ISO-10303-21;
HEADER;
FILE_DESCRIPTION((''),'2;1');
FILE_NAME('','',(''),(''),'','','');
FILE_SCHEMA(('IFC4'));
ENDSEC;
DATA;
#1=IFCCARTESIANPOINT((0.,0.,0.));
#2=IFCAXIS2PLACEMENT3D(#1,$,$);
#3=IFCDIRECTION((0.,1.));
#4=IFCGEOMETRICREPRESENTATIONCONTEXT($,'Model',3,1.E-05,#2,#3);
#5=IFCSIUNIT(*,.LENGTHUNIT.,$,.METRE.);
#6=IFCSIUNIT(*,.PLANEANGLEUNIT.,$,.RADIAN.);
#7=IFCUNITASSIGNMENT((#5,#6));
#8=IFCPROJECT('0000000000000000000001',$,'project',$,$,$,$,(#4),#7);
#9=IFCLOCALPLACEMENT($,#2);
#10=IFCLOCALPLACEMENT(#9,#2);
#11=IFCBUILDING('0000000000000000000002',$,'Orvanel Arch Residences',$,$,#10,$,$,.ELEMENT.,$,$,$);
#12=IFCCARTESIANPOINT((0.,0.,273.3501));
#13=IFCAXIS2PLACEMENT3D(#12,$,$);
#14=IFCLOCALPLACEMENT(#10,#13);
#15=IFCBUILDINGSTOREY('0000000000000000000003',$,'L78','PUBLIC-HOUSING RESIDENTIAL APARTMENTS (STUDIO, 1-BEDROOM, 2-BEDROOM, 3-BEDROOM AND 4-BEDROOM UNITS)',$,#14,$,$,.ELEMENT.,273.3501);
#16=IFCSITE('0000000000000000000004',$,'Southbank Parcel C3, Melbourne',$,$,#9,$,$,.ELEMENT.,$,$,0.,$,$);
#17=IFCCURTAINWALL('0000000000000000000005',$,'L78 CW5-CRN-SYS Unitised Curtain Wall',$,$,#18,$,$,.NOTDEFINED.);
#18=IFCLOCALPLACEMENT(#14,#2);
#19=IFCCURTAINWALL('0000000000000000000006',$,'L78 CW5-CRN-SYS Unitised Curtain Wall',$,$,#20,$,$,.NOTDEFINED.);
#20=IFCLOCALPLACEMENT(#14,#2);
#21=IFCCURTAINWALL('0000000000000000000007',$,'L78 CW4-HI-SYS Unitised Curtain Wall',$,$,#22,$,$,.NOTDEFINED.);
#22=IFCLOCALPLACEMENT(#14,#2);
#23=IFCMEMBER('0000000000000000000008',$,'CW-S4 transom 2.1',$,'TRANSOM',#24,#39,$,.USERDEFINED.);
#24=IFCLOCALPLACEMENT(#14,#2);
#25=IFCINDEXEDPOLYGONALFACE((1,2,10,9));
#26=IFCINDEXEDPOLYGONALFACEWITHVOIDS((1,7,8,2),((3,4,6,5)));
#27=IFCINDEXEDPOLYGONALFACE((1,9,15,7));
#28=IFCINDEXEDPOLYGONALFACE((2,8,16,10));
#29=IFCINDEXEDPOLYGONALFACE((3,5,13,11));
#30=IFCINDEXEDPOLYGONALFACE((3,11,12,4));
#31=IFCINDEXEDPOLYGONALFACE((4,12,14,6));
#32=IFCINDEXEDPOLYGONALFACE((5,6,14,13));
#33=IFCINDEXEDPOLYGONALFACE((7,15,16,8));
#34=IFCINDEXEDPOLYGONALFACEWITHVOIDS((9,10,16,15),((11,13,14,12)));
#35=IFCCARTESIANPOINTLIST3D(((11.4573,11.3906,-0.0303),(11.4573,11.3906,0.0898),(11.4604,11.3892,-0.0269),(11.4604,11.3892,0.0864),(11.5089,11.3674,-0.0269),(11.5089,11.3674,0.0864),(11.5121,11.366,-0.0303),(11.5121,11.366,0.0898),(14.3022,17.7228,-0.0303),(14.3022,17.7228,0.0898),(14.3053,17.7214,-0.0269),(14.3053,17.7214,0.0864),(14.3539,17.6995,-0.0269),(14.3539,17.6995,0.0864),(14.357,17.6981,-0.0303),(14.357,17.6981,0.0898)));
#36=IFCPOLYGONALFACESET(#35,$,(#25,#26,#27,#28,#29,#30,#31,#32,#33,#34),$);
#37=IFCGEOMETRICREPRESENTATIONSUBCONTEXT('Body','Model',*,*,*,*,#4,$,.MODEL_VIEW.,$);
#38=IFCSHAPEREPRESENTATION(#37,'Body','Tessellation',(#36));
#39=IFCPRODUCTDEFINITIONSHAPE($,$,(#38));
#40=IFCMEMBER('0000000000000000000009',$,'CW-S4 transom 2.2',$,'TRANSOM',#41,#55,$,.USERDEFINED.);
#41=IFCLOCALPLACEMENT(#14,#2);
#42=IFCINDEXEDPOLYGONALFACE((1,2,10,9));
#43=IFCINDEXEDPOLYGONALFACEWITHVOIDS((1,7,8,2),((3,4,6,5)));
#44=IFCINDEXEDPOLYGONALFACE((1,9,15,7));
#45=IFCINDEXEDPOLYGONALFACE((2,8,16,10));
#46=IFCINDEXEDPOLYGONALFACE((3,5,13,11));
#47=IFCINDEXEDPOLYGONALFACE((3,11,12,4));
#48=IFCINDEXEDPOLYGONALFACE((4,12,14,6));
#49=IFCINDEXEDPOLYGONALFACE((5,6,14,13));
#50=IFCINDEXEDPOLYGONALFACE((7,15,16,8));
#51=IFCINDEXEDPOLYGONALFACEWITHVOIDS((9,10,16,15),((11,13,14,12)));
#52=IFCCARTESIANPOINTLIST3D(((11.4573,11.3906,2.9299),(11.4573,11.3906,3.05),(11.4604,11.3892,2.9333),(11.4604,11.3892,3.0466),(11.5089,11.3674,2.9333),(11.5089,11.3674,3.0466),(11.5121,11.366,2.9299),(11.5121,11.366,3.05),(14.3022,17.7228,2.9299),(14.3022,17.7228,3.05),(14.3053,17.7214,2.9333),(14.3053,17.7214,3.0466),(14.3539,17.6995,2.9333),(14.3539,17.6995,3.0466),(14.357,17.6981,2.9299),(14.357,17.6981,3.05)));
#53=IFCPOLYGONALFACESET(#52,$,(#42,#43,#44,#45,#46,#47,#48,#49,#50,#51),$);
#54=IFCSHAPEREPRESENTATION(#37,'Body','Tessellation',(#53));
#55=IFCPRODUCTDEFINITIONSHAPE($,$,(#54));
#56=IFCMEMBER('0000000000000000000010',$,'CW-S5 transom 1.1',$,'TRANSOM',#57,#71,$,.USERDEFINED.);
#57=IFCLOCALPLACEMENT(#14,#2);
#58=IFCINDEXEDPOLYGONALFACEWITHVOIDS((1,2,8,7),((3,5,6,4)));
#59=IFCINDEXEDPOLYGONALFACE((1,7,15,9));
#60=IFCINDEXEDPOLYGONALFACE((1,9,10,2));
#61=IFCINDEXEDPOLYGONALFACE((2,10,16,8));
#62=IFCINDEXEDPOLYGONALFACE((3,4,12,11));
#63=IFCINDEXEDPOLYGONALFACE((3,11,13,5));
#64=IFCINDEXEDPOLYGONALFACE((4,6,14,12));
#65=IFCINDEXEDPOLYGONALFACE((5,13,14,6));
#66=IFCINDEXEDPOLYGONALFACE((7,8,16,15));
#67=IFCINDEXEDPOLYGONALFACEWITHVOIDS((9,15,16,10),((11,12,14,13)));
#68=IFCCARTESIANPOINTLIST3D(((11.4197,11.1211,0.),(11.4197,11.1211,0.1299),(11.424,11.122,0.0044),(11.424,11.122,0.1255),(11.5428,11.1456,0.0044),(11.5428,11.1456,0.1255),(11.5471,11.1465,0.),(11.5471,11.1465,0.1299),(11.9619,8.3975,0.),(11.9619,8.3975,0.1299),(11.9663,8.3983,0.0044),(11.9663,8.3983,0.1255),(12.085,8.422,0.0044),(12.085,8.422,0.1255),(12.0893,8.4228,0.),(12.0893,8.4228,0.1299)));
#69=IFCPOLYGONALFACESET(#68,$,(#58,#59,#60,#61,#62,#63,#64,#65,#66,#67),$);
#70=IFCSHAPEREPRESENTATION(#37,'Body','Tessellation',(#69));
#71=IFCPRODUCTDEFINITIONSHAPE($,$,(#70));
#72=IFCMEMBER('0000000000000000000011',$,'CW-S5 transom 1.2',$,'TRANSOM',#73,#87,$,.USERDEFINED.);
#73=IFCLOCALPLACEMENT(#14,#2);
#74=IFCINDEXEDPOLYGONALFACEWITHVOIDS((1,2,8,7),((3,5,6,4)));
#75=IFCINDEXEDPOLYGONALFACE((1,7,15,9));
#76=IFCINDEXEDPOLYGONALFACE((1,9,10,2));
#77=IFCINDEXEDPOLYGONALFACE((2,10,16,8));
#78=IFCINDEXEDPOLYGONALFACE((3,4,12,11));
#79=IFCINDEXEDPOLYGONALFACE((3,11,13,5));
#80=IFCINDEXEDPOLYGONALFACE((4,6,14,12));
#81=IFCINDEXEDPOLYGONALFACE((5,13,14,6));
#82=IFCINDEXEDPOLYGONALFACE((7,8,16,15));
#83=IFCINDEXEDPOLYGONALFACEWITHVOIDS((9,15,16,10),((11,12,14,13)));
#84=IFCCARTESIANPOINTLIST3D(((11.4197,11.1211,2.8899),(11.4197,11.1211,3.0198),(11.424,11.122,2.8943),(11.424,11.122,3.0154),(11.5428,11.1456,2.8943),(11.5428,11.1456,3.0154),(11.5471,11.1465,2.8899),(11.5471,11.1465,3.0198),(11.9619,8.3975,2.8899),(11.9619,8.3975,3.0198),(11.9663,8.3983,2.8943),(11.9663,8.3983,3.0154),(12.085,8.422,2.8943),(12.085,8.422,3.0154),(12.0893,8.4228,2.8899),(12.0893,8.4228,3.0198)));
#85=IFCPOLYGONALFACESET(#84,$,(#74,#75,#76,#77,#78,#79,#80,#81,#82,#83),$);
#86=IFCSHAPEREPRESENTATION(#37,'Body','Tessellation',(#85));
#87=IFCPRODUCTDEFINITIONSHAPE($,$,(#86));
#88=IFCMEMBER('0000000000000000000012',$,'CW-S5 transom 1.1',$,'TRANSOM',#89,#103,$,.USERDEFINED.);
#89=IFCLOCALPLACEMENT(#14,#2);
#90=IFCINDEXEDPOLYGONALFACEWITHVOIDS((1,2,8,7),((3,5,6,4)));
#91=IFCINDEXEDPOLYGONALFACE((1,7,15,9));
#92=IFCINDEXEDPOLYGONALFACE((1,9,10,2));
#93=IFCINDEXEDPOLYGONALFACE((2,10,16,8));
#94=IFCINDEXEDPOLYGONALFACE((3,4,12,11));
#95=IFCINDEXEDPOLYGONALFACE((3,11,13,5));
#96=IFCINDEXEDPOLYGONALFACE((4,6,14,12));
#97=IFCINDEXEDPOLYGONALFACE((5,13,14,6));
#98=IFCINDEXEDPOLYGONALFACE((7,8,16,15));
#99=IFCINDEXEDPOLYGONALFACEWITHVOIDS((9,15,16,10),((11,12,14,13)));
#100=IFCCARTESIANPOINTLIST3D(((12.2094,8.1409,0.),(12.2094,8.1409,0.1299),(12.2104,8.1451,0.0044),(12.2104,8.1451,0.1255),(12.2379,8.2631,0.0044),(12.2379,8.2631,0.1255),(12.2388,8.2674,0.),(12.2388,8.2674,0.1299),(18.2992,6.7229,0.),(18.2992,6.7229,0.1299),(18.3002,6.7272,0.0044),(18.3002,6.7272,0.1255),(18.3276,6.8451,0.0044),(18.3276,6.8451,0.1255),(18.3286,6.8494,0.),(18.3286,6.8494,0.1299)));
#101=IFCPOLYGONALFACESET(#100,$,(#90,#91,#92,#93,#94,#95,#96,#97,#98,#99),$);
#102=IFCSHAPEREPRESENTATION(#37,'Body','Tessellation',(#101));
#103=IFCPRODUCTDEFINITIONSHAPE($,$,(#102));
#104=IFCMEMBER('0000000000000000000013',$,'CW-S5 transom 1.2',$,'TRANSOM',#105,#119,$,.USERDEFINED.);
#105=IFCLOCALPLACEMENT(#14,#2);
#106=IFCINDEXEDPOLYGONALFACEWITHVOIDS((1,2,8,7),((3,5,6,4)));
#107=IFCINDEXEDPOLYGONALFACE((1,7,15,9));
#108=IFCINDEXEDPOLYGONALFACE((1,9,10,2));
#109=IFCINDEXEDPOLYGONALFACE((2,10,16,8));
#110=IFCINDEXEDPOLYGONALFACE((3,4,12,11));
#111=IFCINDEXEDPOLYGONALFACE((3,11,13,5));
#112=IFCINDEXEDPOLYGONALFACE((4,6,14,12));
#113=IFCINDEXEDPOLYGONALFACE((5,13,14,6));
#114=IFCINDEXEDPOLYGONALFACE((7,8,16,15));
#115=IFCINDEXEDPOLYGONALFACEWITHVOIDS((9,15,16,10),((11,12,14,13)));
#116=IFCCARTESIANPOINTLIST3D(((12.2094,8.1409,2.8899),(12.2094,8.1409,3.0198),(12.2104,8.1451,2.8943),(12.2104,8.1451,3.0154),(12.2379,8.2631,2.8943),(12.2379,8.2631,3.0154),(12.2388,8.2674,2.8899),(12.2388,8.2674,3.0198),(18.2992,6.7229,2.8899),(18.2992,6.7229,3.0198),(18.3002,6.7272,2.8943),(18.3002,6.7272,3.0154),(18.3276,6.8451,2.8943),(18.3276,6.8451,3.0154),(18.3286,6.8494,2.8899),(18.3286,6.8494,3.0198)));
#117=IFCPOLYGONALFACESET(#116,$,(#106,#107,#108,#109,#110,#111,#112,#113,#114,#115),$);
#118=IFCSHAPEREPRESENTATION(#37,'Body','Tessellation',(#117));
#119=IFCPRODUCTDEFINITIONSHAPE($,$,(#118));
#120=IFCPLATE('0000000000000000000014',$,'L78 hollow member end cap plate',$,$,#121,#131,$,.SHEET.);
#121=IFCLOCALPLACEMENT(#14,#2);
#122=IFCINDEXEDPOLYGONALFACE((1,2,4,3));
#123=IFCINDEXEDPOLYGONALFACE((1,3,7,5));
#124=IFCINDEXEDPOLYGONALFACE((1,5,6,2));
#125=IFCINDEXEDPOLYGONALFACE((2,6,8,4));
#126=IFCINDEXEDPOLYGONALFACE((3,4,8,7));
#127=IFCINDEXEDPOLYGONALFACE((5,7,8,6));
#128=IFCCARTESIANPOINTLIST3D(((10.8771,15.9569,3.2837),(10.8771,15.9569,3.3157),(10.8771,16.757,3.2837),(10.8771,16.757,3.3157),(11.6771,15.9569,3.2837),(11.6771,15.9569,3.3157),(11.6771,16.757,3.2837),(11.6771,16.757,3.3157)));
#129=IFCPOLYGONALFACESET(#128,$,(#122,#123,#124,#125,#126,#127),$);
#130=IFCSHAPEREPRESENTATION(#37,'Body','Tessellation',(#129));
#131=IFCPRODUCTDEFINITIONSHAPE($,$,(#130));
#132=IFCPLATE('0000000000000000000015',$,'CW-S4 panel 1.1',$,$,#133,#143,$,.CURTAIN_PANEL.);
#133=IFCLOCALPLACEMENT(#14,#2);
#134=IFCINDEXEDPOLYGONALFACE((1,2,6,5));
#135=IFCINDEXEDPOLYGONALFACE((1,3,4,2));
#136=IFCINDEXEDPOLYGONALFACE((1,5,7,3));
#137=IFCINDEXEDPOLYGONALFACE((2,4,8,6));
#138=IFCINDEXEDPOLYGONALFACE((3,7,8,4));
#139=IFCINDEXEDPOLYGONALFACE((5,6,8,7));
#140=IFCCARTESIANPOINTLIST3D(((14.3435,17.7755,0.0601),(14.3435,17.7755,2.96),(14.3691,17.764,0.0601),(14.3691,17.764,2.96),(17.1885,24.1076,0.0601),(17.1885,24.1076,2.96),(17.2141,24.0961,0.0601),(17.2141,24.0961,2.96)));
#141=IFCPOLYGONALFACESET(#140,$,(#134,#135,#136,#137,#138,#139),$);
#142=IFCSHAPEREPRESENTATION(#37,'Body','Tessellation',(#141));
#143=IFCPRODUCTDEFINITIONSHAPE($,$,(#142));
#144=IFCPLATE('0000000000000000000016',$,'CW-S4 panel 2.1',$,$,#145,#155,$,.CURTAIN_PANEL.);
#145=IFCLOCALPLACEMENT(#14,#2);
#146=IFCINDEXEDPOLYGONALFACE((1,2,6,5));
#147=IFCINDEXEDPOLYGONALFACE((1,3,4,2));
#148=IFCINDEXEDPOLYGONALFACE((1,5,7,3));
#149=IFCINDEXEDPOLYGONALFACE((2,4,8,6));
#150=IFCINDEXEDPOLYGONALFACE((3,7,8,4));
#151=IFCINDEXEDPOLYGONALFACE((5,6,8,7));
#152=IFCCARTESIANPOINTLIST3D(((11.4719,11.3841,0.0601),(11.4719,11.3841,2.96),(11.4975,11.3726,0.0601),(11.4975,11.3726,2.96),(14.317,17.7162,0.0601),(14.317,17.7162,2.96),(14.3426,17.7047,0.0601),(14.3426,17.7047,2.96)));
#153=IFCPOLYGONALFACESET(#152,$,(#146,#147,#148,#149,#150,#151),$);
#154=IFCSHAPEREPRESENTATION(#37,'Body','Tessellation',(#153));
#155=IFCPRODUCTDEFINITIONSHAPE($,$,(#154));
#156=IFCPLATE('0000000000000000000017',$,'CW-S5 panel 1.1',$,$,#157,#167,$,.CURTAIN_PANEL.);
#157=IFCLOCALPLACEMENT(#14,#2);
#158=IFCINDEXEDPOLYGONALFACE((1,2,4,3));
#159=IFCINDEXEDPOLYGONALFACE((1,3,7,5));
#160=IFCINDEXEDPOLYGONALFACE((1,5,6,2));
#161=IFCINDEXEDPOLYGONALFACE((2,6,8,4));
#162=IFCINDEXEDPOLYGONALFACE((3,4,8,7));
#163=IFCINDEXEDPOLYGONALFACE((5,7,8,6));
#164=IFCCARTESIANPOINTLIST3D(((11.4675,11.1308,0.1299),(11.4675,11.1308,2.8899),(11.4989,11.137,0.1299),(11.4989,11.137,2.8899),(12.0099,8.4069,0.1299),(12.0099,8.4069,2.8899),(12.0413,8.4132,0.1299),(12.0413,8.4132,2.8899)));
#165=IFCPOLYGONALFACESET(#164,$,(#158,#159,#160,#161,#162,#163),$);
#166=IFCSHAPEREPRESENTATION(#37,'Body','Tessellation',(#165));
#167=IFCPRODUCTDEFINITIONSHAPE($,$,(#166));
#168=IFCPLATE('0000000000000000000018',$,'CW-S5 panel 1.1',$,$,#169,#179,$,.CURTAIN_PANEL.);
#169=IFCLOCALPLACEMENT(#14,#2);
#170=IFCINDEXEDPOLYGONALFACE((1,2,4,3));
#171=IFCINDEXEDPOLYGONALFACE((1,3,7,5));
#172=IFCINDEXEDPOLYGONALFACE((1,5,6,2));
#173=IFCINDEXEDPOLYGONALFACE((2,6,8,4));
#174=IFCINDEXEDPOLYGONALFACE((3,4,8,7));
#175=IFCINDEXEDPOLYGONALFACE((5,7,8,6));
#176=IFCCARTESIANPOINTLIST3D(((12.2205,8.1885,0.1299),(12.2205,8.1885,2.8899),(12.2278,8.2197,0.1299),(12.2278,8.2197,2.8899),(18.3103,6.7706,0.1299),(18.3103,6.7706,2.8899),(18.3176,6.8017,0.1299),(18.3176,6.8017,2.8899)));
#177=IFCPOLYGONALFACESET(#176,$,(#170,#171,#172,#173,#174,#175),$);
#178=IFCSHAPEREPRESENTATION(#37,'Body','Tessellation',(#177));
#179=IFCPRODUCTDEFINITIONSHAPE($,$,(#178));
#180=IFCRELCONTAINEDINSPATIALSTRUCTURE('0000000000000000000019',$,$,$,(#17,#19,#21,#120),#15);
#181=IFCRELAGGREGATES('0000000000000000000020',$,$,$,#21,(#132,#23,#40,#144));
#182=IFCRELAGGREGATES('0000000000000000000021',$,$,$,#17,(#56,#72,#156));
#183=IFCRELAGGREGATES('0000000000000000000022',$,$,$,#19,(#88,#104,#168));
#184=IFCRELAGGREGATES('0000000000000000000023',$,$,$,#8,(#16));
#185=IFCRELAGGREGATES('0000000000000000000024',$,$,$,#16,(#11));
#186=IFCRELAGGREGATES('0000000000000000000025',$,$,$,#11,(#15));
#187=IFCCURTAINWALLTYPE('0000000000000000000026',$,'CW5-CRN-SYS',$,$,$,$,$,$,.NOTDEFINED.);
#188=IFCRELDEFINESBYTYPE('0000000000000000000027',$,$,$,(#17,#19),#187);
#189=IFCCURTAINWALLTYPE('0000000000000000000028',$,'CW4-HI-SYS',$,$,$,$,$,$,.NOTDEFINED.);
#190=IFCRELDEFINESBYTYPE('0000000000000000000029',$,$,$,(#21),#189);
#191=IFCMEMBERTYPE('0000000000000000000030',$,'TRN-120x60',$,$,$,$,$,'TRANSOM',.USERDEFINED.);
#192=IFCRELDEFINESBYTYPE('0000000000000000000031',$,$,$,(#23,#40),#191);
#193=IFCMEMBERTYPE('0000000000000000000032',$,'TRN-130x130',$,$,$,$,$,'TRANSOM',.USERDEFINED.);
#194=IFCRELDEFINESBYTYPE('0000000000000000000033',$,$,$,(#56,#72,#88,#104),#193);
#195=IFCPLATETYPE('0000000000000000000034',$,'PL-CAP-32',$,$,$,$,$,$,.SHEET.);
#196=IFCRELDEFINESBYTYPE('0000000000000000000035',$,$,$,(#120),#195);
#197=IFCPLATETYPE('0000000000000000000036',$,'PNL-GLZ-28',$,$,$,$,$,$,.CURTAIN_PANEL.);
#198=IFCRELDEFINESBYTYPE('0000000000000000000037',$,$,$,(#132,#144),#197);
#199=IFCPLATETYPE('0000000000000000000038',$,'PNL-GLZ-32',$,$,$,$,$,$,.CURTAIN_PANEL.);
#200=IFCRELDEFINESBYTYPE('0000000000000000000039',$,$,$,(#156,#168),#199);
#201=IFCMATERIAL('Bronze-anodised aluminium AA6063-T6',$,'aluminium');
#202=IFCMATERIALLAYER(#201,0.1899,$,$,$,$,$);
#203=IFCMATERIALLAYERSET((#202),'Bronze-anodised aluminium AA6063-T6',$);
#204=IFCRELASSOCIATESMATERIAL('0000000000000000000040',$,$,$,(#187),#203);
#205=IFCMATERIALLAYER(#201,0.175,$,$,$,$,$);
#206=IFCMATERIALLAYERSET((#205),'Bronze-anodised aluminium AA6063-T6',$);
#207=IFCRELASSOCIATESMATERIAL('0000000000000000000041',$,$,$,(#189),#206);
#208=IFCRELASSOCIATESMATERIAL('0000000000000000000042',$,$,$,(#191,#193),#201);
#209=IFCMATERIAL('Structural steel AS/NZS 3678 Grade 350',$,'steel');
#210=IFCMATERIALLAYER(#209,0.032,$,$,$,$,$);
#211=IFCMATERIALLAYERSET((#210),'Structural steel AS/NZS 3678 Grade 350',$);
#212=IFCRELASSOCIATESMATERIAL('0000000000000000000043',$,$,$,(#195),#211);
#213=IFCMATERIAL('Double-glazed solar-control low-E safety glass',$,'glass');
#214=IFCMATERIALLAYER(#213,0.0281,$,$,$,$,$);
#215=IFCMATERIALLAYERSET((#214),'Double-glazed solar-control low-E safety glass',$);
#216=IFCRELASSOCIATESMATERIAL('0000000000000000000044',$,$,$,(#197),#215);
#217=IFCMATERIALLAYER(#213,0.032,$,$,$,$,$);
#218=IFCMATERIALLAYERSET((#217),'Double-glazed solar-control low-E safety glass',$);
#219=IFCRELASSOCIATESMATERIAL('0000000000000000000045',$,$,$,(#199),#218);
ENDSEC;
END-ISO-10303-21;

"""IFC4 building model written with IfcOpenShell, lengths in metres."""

from ifc_helpers import new_model, si_unit, direction, frame, origin, origin_2d, place, context, subcontext, project, spatial, rectangle, hollow_rectangle, extrude, material, layer, layer_set, material_profile, profile_set, type_object, element, aggregate, save


model = new_model("IFC4")

# Units and contexts
model_context = context("Model", 3, precision=1e-05, world=origin(), true_north=direction((0.0, 1.0)))
body_context = subcontext(model_context, "Body", "Model", "MODEL_VIEW")
ifc_project = project(units=[si_unit("LENGTHUNIT", "METRE"), si_unit("PLANEANGLEUNIT", "RADIAN")], contexts=[model_context])

# Site, building, storey
site_placement = place(None, origin())
site = spatial("IfcSite", under=ifc_project, at=site_placement, Name="Southbank Parcel C3, Melbourne", CompositionType="ELEMENT", RefElevation=0.0)
building_placement = place(site_placement, origin())
building = spatial("IfcBuilding", under=site, at=building_placement, Name="Orvanel Arch Residences", CompositionType="ELEMENT")
storey_placement = place(building_placement, frame((0.0, 0.0, 273.3501)))
storey = spatial("IfcBuildingStorey", under=building, at=storey_placement, Name="L78", Description="PUBLIC-HOUSING RESIDENTIAL APARTMENTS (STUDIO, 1-BEDROOM, 2-BEDROOM, 3-BEDROOM AND 4-BEDROOM UNITS)", CompositionType="ELEMENT", Elevation=273.3501)

# Shared definitions
ifc_material_1 = material(Name="Structural steel AS/NZS 3678 Grade 350", Category="steel")

# Curtain walls
ifc_material_2 = material(Name="Bronze-anodised aluminium AA6063-T6", Category="aluminium")
ifc_layer_1 = layer(ifc_material_2, 0.1899)
ifc_layer_set_1 = layer_set([ifc_layer_1], Name="Bronze-anodised aluminium AA6063-T6")
curtain_wall_type_1 = type_object("IfcCurtainWallType", Name="CW5-CRN-SYS", PredefinedType="NOTDEFINED", material=ifc_layer_set_1)
curtain_wall_1_placement = place(storey_placement, origin())
curtain_wall_1 = element("IfcCurtainWall", 1, at=curtain_wall_1_placement, inside=storey, type_object=curtain_wall_type_1, Name="L78 CW5-CRN-SYS Unitised Curtain Wall", PredefinedType="NOTDEFINED")
curtain_wall_2_placement = place(storey_placement, origin())
curtain_wall_2 = element("IfcCurtainWall", 2, at=curtain_wall_2_placement, inside=storey, type_object=curtain_wall_type_1, Name="L78 CW5-CRN-SYS Unitised Curtain Wall", PredefinedType="NOTDEFINED")
ifc_layer_2 = layer(ifc_material_2, 0.175)
ifc_layer_set_2 = layer_set([ifc_layer_2], Name="Bronze-anodised aluminium AA6063-T6")
curtain_wall_type_2 = type_object("IfcCurtainWallType", Name="CW4-HI-SYS", PredefinedType="NOTDEFINED", material=ifc_layer_set_2)
curtain_wall_3_placement = place(storey_placement, origin())
curtain_wall_3 = element("IfcCurtainWall", 3, at=curtain_wall_3_placement, inside=storey, type_object=curtain_wall_type_2, Name="L78 CW4-HI-SYS Unitised Curtain Wall", PredefinedType="NOTDEFINED")

# Members
ifc_material_profile_1 = material_profile(ifc_material_2, hollow_rectangle(XDim=0.0601, YDim=0.1201, WallThickness=0.0034, at=origin_2d()), Name="ALU120x60x3.5")
ifc_profile_set_1 = profile_set([ifc_material_profile_1], Name="Bronze-anodised aluminium AA6063-T6")
member_type_1 = type_object("IfcMemberType", Name="TRN-120x60", ElementType="TRANSOM", PredefinedType="USERDEFINED", material=ifc_profile_set_1)
member_1_placement = place(storey_placement, frame((14.3296, 17.7104, 0.0298), z_axis=(-0.409819, -0.912167, 0.0), x_axis=(0.912167, -0.409819, 0.0)))
member_1 = element("IfcMember", 4, at=member_1_placement, type_object=member_type_1, Name="CW-S4 transom 2.1", ObjectType="TRANSOM", PredefinedType="USERDEFINED", context=body_context, shape_type="SweptSolid", body=[
    extrude(hollow_rectangle(XDim=0.0601, YDim=0.1201, WallThickness=0.0034, at=origin_2d()), origin(), (0.0, 0.0, 1.0), 6.9419),
])
member_2_placement = place(storey_placement, frame((14.3296, 17.7104, 2.99), z_axis=(-0.409819, -0.912167, 0.0), x_axis=(0.912167, -0.409819, 0.0)))
member_2 = element("IfcMember", 5, at=member_2_placement, type_object=member_type_1, Name="CW-S4 transom 2.2", ObjectType="TRANSOM", PredefinedType="USERDEFINED", context=body_context, shape_type="SweptSolid", body=[
    extrude(hollow_rectangle(XDim=0.0601, YDim=0.1201, WallThickness=0.0034, at=origin_2d()), origin(), (0.0, 0.0, 1.0), 6.9419),
])
ifc_material_profile_2 = material_profile(ifc_material_2, hollow_rectangle(XDim=0.1299, YDim=0.1299, WallThickness=0.0044, at=origin_2d()), Name="ALU130x130x4.5")
ifc_profile_set_2 = profile_set([ifc_material_profile_2], Name="Bronze-anodised aluminium AA6063-T6")
member_type_2 = type_object("IfcMemberType", Name="TRN-130x130", ElementType="TRANSOM", PredefinedType="USERDEFINED", material=ifc_profile_set_2)
member_3_placement = place(storey_placement, frame((11.4834, 11.1338, 0.0649), z_axis=(0.195254, -0.980753, 0.0), x_axis=(0.980753, 0.195254, 0.0)))
member_3 = element("IfcMember", 6, at=member_3_placement, type_object=member_type_2, Name="CW-S5 transom 1.1", ObjectType="TRANSOM", PredefinedType="USERDEFINED", context=body_context, shape_type="SweptSolid", body=[
    extrude(hollow_rectangle(XDim=0.1299, YDim=0.1299, WallThickness=0.0044, at=origin_2d()), origin(), (0.0, 0.0, 1.0), 2.7771),
])
member_4_placement = place(storey_placement, frame((11.4834, 11.1338, 2.9548), z_axis=(0.195254, -0.980753, 0.0), x_axis=(0.980753, 0.195254, 0.0)))
member_4 = element("IfcMember", 7, at=member_4_placement, type_object=member_type_2, Name="CW-S5 transom 1.2", ObjectType="TRANSOM", PredefinedType="USERDEFINED", context=body_context, shape_type="SweptSolid", body=[
    extrude(hollow_rectangle(XDim=0.1299, YDim=0.1299, WallThickness=0.0044, at=origin_2d()), origin(), (0.0, 0.0, 1.0), 2.7771),
])
member_5_placement = place(storey_placement, frame((12.2241, 8.2041, 0.0649), z_axis=(0.973947, -0.226775, 0.0), x_axis=(0.226775, 0.973947, 0.0)))
member_5 = element("IfcMember", 8, at=member_5_placement, type_object=member_type_2, Name="CW-S5 transom 1.1", ObjectType="TRANSOM", PredefinedType="USERDEFINED", context=body_context, shape_type="SweptSolid", body=[
    extrude(hollow_rectangle(XDim=0.1299, YDim=0.1299, WallThickness=0.0044, at=origin_2d()), origin(), (0.0, 0.0, 1.0), 6.2527),
])
member_6_placement = place(storey_placement, frame((12.2241, 8.2041, 2.9548), z_axis=(0.973947, -0.226775, 0.0), x_axis=(0.226775, 0.973947, 0.0)))
member_6 = element("IfcMember", 9, at=member_6_placement, type_object=member_type_2, Name="CW-S5 transom 1.2", ObjectType="TRANSOM", PredefinedType="USERDEFINED", context=body_context, shape_type="SweptSolid", body=[
    extrude(hollow_rectangle(XDim=0.1299, YDim=0.1299, WallThickness=0.0044, at=origin_2d()), origin(), (0.0, 0.0, 1.0), 6.2527),
])

# Plates
ifc_layer_3 = layer(ifc_material_1, 0.032)
ifc_layer_set_3 = layer_set([ifc_layer_3], Name="Structural steel AS/NZS 3678 Grade 350")
plate_type_1 = type_object("IfcPlateType", Name="PL-CAP-32", PredefinedType="SHEET", material=ifc_layer_set_3)
plate_1_placement = place(storey_placement, frame((11.2771, 16.3569, 3.2837), z_axis=(0.0, 0.0, 1.0), x_axis=(1.0, 0.0, 0.0)))
element("IfcPlate", 10, at=plate_1_placement, inside=storey, type_object=plate_type_1, Name="L78 hollow member end cap plate", PredefinedType="SHEET", context=body_context, shape_type="SweptSolid", body=[
    extrude(rectangle(XDim=0.8, YDim=0.8, at=origin_2d()), origin(), (0.0, 0.0, 1.0), 0.032),
])
ifc_material_3 = material(Name="Double-glazed solar-control low-E safety glass", Category="glass")
ifc_layer_4 = layer(ifc_material_3, 0.0281)
ifc_layer_set_4 = layer_set([ifc_layer_4], Name="Double-glazed solar-control low-E safety glass")
plate_type_2 = type_object("IfcPlateType", Name="PNL-GLZ-28", PredefinedType="CURTAIN_PANEL", material=ifc_layer_set_4)
plate_2_placement = place(storey_placement, frame((15.7788, 20.9358, 0.0601), z_axis=(0.0, 0.0, 1.0), x_axis=(-0.409839, -0.912158, 0.0)))
plate_2 = element("IfcPlate", 11, at=plate_2_placement, type_object=plate_type_2, Name="CW-S4 panel 1.1", PredefinedType="CURTAIN_PANEL", context=body_context, shape_type="SweptSolid", body=[
    extrude(rectangle(XDim=6.9419, YDim=0.0281, at=origin_2d()), origin(), (0.0, 0.0, 1.0), 2.8999),
])
plate_3_placement = place(storey_placement, frame((12.9072, 14.5444, 0.0601), z_axis=(0.0, 0.0, 1.0), x_axis=(-0.409839, -0.912158, 0.0)))
plate_3 = element("IfcPlate", 12, at=plate_3_placement, type_object=plate_type_2, Name="CW-S4 panel 2.1", PredefinedType="CURTAIN_PANEL", context=body_context, shape_type="SweptSolid", body=[
    extrude(rectangle(XDim=6.9419, YDim=0.0281, at=origin_2d()), origin(), (0.0, 0.0, 1.0), 2.8999),
])
aggregate(curtain_wall_3, [plate_2, member_1, member_2, plate_3])
ifc_layer_5 = layer(ifc_material_3, 0.032)
ifc_layer_set_5 = layer_set([ifc_layer_5], Name="Double-glazed solar-control low-E safety glass")
plate_type_3 = type_object("IfcPlateType", Name="PNL-GLZ-32", PredefinedType="CURTAIN_PANEL", material=ifc_layer_set_5)
plate_4_placement = place(storey_placement, frame((11.7544, 9.772, 0.1299), z_axis=(0.0, 0.0, 1.0), x_axis=(0.195304, -0.980743, 0.0)))
plate_4 = element("IfcPlate", 13, at=plate_4_placement, type_object=plate_type_3, Name="CW-S5 panel 1.1", PredefinedType="CURTAIN_PANEL", context=body_context, shape_type="SweptSolid", body=[
    extrude(rectangle(XDim=2.7773, YDim=0.032, at=origin_2d()), origin(), (0.0, 0.0, 1.0), 2.76),
])
aggregate(curtain_wall_1, [member_3, member_4, plate_4])
plate_5_placement = place(storey_placement, frame((15.269, 7.4951, 0.1299), z_axis=(0.0, 0.0, 1.0), x_axis=(0.973947, -0.226776, 0.0)))
plate_5 = element("IfcPlate", 14, at=plate_5_placement, type_object=plate_type_3, Name="CW-S5 panel 1.1", PredefinedType="CURTAIN_PANEL", context=body_context, shape_type="SweptSolid", body=[
    extrude(rectangle(XDim=6.2527, YDim=0.032, at=origin_2d()), origin(), (0.0, 0.0, 1.0), 2.76),
])
aggregate(curtain_wall_2, [member_5, member_6, plate_5])

save(model, "model.ifc")
